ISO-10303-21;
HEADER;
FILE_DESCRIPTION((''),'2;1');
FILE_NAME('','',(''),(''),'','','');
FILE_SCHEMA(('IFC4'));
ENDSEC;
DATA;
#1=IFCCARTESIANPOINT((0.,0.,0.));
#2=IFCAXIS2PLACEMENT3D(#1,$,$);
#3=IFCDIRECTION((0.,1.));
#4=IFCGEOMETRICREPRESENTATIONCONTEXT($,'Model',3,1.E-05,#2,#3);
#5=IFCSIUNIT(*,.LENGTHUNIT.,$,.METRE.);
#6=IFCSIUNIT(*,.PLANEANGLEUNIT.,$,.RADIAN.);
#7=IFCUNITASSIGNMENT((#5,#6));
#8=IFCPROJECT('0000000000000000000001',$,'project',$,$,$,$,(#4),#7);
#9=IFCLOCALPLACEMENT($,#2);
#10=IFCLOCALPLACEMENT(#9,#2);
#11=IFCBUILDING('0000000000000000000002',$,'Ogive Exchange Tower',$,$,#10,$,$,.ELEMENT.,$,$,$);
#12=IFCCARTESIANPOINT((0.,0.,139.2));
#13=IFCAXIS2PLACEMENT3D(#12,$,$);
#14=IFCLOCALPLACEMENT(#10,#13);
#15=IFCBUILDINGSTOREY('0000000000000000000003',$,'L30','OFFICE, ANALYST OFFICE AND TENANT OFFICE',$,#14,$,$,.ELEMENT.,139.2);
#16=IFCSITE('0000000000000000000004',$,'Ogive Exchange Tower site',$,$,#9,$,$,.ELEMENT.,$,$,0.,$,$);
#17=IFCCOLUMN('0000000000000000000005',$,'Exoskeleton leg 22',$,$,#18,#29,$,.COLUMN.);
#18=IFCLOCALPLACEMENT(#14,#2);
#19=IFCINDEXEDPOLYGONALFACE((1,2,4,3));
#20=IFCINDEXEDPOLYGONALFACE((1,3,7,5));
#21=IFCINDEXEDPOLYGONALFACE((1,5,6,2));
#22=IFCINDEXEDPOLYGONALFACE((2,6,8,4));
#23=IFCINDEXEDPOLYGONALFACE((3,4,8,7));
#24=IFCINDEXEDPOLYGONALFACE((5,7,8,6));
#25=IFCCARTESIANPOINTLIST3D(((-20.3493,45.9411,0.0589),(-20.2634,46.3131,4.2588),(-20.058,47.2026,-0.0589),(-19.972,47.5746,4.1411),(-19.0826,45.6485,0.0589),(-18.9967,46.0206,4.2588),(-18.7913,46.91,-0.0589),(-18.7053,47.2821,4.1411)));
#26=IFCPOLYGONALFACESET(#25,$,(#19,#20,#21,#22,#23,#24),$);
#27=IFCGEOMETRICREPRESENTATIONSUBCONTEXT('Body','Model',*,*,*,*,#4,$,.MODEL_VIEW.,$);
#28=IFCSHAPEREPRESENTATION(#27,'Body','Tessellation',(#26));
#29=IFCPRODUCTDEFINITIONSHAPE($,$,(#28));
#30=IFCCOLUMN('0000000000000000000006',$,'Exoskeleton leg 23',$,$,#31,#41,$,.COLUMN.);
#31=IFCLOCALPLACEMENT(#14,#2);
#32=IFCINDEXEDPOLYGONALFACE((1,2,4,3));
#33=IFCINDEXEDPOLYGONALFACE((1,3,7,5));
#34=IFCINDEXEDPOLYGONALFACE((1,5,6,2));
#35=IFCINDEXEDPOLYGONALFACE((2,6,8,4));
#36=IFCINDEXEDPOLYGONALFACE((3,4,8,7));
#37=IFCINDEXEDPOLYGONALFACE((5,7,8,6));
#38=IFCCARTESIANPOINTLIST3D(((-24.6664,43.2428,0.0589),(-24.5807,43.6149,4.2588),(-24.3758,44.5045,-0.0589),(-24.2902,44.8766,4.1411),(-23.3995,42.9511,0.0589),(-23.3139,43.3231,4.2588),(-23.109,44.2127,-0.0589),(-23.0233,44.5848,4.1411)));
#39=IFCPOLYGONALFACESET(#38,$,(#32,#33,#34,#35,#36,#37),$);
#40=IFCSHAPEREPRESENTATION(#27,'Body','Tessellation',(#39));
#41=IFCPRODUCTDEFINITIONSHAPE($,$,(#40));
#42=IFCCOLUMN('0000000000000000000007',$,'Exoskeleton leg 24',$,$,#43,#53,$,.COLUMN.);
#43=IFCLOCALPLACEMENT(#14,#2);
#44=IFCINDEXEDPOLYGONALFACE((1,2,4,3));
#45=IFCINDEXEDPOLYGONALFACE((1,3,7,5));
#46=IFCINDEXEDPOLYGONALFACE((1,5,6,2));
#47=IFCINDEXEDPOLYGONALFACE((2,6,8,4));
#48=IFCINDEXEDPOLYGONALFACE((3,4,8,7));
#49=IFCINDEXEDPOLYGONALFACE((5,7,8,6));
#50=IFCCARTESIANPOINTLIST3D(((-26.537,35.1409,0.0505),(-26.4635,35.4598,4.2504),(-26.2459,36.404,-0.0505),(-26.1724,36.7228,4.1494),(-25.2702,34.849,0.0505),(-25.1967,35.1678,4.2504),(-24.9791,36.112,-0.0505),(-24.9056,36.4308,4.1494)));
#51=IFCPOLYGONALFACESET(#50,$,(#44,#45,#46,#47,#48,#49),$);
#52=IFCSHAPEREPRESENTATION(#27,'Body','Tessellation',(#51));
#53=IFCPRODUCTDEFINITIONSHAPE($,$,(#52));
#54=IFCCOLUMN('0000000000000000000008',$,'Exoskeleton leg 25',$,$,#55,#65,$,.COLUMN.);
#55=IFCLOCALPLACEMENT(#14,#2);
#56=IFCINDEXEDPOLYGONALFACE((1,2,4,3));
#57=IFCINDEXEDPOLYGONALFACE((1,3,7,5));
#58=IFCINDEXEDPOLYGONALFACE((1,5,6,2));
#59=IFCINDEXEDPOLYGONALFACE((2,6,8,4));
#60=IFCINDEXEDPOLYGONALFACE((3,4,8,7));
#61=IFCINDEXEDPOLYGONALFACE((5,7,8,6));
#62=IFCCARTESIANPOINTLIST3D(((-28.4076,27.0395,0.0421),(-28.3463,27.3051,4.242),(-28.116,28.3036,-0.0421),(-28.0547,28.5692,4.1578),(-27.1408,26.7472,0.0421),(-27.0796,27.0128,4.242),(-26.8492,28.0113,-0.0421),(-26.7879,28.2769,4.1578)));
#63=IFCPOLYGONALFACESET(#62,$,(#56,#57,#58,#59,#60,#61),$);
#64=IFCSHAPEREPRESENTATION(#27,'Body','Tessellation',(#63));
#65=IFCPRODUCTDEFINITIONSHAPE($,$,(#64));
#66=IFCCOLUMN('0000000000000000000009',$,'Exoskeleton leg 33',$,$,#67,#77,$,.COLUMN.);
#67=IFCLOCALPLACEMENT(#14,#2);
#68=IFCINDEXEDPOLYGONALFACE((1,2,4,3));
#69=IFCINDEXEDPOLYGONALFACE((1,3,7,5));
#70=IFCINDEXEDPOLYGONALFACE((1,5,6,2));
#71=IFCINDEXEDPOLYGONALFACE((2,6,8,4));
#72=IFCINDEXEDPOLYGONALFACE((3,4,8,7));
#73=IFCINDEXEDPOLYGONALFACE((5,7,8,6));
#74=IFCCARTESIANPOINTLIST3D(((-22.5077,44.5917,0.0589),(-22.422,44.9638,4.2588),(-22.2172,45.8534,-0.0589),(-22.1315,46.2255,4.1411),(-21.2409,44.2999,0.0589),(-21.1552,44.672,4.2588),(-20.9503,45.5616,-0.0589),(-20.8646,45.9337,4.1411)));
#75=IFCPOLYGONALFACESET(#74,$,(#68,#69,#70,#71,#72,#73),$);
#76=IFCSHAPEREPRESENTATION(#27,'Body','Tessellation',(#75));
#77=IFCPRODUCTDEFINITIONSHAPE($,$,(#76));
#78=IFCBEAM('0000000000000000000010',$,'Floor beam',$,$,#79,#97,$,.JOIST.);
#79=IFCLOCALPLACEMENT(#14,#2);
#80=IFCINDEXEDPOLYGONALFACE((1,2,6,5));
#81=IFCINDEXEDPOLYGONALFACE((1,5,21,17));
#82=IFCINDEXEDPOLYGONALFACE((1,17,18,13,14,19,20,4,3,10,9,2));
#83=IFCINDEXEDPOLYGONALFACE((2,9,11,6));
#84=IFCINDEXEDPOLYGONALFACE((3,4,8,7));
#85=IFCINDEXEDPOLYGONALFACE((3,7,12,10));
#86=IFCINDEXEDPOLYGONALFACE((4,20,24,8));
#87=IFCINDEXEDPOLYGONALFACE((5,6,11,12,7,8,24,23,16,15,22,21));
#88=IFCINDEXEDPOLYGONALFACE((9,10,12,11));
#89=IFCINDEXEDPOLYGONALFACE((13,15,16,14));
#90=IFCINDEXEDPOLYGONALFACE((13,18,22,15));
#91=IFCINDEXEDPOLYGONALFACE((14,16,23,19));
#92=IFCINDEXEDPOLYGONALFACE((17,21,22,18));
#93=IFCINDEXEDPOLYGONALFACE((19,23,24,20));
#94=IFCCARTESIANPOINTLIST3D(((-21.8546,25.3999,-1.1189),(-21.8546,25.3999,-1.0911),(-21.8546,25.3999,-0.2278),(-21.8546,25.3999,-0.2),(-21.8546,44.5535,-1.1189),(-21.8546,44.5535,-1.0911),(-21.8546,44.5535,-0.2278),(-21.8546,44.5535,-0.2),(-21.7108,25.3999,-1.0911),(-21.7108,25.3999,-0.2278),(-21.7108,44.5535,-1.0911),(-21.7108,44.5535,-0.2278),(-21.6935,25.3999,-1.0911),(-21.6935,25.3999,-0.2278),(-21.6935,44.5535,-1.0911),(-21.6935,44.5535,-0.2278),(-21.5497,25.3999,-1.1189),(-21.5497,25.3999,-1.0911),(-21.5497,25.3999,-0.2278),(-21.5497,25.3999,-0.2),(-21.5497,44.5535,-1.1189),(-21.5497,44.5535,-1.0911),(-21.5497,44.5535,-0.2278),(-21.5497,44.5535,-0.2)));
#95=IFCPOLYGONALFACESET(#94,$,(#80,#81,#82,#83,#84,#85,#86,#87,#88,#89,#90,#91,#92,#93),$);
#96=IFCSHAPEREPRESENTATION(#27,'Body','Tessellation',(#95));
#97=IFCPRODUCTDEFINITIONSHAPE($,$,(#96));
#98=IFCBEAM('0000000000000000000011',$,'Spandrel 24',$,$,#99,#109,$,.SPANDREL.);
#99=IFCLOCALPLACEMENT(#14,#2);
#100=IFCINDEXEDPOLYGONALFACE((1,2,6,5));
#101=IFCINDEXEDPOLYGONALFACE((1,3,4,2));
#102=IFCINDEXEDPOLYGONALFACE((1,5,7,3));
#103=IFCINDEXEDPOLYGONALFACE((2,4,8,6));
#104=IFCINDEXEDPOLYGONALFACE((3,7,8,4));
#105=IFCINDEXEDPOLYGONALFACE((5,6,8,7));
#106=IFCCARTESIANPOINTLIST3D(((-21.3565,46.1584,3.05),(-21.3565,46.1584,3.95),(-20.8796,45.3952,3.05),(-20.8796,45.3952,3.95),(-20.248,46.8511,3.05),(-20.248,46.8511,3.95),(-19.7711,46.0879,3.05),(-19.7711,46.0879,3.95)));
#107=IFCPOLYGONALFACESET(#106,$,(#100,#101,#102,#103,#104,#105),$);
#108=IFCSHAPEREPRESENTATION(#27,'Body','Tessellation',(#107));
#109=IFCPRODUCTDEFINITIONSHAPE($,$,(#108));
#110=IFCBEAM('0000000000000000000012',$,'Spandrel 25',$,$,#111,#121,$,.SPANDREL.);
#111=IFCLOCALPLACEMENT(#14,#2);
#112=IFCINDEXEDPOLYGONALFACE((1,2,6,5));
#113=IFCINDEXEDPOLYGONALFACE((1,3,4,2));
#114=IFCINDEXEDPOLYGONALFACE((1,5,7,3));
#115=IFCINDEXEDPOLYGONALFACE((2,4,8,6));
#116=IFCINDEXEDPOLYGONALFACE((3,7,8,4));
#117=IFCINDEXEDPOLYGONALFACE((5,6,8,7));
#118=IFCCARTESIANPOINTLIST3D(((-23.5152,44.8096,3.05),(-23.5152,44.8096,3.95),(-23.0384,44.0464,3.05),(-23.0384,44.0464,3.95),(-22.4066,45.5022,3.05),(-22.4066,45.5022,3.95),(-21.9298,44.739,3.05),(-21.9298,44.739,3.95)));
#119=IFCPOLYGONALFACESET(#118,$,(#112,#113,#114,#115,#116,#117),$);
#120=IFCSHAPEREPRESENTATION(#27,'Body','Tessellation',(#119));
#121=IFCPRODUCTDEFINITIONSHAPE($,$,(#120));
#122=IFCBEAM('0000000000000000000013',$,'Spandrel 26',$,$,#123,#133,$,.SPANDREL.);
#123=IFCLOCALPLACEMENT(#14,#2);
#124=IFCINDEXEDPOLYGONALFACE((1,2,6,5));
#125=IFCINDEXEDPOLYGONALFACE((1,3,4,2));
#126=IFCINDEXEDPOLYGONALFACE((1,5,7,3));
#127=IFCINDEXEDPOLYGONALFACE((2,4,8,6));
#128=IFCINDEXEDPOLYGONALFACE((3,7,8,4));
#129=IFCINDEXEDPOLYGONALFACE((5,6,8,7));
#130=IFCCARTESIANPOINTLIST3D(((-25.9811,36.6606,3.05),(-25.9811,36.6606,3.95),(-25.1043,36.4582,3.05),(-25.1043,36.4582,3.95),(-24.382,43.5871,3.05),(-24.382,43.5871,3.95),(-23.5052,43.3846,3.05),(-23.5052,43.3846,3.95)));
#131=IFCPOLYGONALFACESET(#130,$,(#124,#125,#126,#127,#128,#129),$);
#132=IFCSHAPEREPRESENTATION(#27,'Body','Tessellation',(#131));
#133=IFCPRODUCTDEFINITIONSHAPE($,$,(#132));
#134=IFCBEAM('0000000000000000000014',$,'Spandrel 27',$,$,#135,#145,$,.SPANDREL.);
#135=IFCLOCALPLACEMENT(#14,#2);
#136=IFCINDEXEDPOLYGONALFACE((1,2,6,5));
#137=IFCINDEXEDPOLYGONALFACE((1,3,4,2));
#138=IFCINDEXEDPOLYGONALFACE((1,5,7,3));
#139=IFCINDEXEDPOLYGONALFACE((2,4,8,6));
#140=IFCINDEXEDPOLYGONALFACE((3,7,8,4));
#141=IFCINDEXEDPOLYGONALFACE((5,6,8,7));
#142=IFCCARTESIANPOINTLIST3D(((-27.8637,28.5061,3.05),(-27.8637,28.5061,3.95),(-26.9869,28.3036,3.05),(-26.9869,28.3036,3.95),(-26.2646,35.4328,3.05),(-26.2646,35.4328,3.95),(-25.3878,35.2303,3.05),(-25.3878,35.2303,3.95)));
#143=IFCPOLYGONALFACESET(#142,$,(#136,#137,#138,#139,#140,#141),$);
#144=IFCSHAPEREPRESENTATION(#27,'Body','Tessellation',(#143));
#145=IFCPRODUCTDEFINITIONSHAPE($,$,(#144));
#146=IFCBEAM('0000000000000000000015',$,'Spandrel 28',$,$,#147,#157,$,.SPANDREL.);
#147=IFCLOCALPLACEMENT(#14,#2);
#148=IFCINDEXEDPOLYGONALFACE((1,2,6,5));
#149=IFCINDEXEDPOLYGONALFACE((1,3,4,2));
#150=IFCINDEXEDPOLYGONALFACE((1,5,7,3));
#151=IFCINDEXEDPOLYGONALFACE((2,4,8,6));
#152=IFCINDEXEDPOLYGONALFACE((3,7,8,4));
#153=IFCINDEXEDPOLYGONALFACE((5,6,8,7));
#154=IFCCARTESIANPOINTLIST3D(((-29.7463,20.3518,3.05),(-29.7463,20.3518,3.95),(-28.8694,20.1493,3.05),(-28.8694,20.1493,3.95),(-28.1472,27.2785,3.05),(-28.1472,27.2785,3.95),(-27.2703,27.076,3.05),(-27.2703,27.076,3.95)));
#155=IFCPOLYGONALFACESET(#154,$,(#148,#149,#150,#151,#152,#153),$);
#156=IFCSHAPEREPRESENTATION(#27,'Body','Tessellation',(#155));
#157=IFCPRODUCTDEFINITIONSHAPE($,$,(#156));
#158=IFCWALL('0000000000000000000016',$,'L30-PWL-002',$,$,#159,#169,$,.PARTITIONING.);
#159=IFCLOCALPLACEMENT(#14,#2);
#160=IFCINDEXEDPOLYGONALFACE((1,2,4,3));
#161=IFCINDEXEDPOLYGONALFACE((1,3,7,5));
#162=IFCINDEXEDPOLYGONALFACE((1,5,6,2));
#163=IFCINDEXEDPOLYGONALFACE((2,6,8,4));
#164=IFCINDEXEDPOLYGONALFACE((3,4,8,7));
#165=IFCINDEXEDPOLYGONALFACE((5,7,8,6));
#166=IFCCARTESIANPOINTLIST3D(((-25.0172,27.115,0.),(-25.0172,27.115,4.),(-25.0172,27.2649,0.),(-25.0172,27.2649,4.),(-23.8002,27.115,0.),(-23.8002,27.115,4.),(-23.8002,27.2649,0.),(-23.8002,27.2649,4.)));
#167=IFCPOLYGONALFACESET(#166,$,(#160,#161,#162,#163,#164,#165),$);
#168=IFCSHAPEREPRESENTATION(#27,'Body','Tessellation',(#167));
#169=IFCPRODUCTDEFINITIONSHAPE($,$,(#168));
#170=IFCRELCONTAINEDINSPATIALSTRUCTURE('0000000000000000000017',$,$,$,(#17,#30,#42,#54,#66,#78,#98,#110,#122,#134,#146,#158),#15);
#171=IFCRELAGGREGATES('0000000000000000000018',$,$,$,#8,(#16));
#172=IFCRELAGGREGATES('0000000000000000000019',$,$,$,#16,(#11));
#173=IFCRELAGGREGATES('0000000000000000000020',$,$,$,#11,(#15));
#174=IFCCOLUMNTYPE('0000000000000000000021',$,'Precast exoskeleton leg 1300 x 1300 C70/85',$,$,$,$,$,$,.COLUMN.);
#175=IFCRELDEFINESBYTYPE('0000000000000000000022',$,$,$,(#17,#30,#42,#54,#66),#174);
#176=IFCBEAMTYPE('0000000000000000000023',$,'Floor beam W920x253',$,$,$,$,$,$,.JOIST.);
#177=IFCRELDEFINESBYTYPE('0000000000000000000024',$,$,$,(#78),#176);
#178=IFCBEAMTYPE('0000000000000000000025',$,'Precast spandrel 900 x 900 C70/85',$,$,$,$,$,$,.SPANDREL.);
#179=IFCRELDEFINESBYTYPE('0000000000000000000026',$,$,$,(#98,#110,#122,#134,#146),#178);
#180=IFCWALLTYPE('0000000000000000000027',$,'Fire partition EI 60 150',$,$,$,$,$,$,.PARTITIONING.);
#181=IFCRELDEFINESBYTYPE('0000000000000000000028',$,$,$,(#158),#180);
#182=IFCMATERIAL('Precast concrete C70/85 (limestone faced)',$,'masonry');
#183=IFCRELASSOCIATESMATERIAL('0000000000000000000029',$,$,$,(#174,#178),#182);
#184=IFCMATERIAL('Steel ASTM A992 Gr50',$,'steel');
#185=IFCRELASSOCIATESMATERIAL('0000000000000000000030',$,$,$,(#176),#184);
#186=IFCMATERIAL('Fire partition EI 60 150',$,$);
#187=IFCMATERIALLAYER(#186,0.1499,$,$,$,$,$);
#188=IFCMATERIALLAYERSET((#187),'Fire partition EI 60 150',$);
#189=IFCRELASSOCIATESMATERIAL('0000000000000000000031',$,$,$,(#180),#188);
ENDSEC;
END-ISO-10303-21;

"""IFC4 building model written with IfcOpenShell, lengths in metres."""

from ifc_helpers import new_model, si_unit, direction, frame, frame_2d, origin, origin_2d, place, context, subcontext, project, spatial, rectangle, i_section, extrude, material, layer, layer_set, material_profile, profile_set, type_object, element, save


model = new_model("IFC4")

# Units and contexts
model_context = context("Model", 3, precision=1e-05, world=origin(), true_north=direction((0.0, 1.0)))
body_context = subcontext(model_context, "Body", "Model", "MODEL_VIEW")
ifc_project = project(units=[si_unit("LENGTHUNIT", "METRE"), si_unit("PLANEANGLEUNIT", "RADIAN")], contexts=[model_context])

# Site, building, storey
site_placement = place(None, origin())
site = spatial("IfcSite", under=ifc_project, at=site_placement, Name="Ogive Exchange Tower site", CompositionType="ELEMENT", RefElevation=0.0)
building_placement = place(site_placement, origin())
building = spatial("IfcBuilding", under=site, at=building_placement, Name="Ogive Exchange Tower", CompositionType="ELEMENT")
storey_placement = place(building_placement, frame((0.0, 0.0, 139.2)))
storey = spatial("IfcBuildingStorey", under=building, at=storey_placement, Name="L30", Description="OFFICE, ANALYST OFFICE AND TENANT OFFICE", CompositionType="ELEMENT", Elevation=139.2)

# Columns
ifc_material_1 = material(Name="Precast concrete C70/85 (limestone faced)", Category="masonry")
ifc_material_profile_1 = material_profile(ifc_material_1, rectangle(XDim=1.3, YDim=1.3, at=origin_2d()), Name="1300 x 1300")
ifc_profile_set_1 = profile_set([ifc_material_profile_1], Name="Precast concrete C70/85 (limestone faced)")
column_type = type_object("IfcColumnType", Name="Precast exoskeleton leg 1300 x 1300 C70/85", PredefinedType="COLUMN", material=ifc_profile_set_1)
for number, where, z_axis, x_axis, name in (
    (1, (-19.5703, 46.4255, 0.0), (0.020377, 0.088225, 0.995892), (-0.974348, 0.225046, 0.0), "Exoskeleton leg 22"),
    (2, (-23.8877, 43.7278, 0.0), (0.02032, 0.088225, 0.995893), (-0.974488, 0.224439, 0.0), "Exoskeleton leg 23"),
):
    element("IfcColumn", number, at=place(storey_placement, frame(where, z_axis=z_axis, x_axis=x_axis)), inside=storey, type_object=column_type, Name=name, PredefinedType="COLUMN", context=body_context, shape_type="SweptSolid", body=[
        extrude(rectangle(XDim=1.3, YDim=1.3, at=origin_2d()), origin(), (0.0, 0.0, 1.0), 4.2173),
    ])
column_1_placement = place(storey_placement, frame((-25.7581, 35.6265, 0.0), z_axis=(0.017444, 0.075688, 0.996979), x_axis=(-0.974454, 0.224587, 0.0)))
element("IfcColumn", 3, at=column_1_placement, inside=storey, type_object=column_type, Name="Exoskeleton leg 24", PredefinedType="COLUMN", context=body_context, shape_type="SweptSolid", body=[
    extrude(rectangle(XDim=1.3, YDim=1.3, at=origin_2d()), origin(), (0.0, 0.0, 1.0), 4.2126),
])
column_2_placement = place(storey_placement, frame((-27.6284, 27.5254, 0.0), z_axis=(0.01456, 0.063112, 0.9979), x_axis=(-0.974406, 0.224794, 0.0)))
element("IfcColumn", 4, at=column_2_placement, inside=storey, type_object=column_type, Name="Exoskeleton leg 25", PredefinedType="COLUMN", context=body_context, shape_type="SweptSolid", body=[
    extrude(rectangle(XDim=1.3, YDim=1.3, at=origin_2d()), origin(), (0.0, 0.0, 1.0), 4.2087),
])
column_3_placement = place(storey_placement, frame((-21.729, 45.0767, 0.0), z_axis=(0.02032, 0.088225, 0.995893), x_axis=(-0.974488, 0.224439, 0.0)))
element("IfcColumn", 5, at=column_3_placement, inside=storey, type_object=column_type, Name="Exoskeleton leg 33", PredefinedType="COLUMN", context=body_context, shape_type="SweptSolid", body=[
    extrude(rectangle(XDim=1.3, YDim=1.3, at=origin_2d()), origin(), (0.0, 0.0, 1.0), 4.2173),
])

# Beams
ifc_material_2 = material(Name="Steel ASTM A992 Gr50", Category="steel")
ifc_material_profile_2 = material_profile(ifc_material_2, i_section(OverallWidth=0.3049, OverallDepth=0.9189, WebThickness=0.0173, FlangeThickness=0.0278, at=origin_2d()), Name="W920x253")
ifc_profile_set_2 = profile_set([ifc_material_profile_2], Name="Steel ASTM A992 Gr50")
beam_type_1 = type_object("IfcBeamType", Name="Floor beam W920x253", PredefinedType="JOIST", material=ifc_profile_set_2)
beam_1_placement = place(storey_placement, frame((-21.7021, 25.3999, -0.6594), z_axis=(0.0, 1.0, 0.0), x_axis=(-1.0, 0.0, 0.0)))
element("IfcBeam", 6, at=beam_1_placement, inside=storey, type_object=beam_type_1, Name="Floor beam", PredefinedType="JOIST", context=body_context, shape_type="SweptSolid", body=[
    extrude(i_section(OverallWidth=0.3049, OverallDepth=0.9189, WebThickness=0.0173, FlangeThickness=0.0278, at=origin_2d()), origin(), (0.0, 0.0, 1.0), 19.1536),
])
ifc_material_profile_3 = material_profile(ifc_material_1, rectangle(XDim=0.8999, YDim=0.8999, at=origin_2d()), Name="900 x 900")
ifc_profile_set_3 = profile_set([ifc_material_profile_3], Name="Precast concrete C70/85 (limestone faced)")
beam_type_2 = type_object("IfcBeamType", Name="Precast spandrel 900 x 900 C70/85", PredefinedType="SPANDREL", material=ifc_profile_set_3)
for number, where, z_axis, x_axis, name in (
    (7, (-20.0095, 46.4695, 3.5), (-0.84804, -0.529932, 0.0), (0.529932, -0.84804, 0.0), "Spandrel 24"),
    (8, (-22.1682, 45.1206, 3.5), (-0.848093, -0.529848, 0.0), (0.529848, -0.848093, 0.0), "Spandrel 25"),
):
    element("IfcBeam", number, at=place(storey_placement, frame(where, z_axis=z_axis, x_axis=x_axis)), inside=storey, type_object=beam_type_2, Name=name, PredefinedType="SPANDREL", context=body_context, shape_type="SweptSolid", body=[
        extrude(rectangle(XDim=0.8999, YDim=0.8999, at=origin_2d()), origin(), (0.0, 0.0, 1.0), 1.3071),
    ])
beam_2_placement = place(storey_placement, frame((-23.9436, 43.4858, 3.5), z_axis=(-0.224952, -0.97437, 0.0), x_axis=(0.97437, -0.224952, 0.0)))
element("IfcBeam", 9, at=beam_2_placement, inside=storey, type_object=beam_type_2, Name="Spandrel 26", PredefinedType="SPANDREL", context=body_context, shape_type="SweptSolid", body=[
    extrude(rectangle(XDim=0.8999, YDim=0.8999, at=origin_2d()), origin(), (0.0, 0.0, 1.0), 7.1086),
])
for number, where, z_axis, x_axis, name in (
    (10, (-25.8262, 35.3315, 3.5), (-0.224945, -0.974372, 0.0), (0.974372, -0.224945, 0.0), "Spandrel 27"),
    (11, (-27.7087, 27.1772, 3.5), (-0.224945, -0.974372, 0.0), (0.974372, -0.224945, 0.0), "Spandrel 28"),
):
    element("IfcBeam", number, at=place(storey_placement, frame(where, z_axis=z_axis, x_axis=x_axis)), inside=storey, type_object=beam_type_2, Name=name, PredefinedType="SPANDREL", context=body_context, shape_type="SweptSolid", body=[
        extrude(rectangle(XDim=0.8999, YDim=0.8999, at=origin_2d()), origin(), (0.0, 0.0, 1.0), 7.1089),
    ])

# Wall
ifc_material_3 = material(Name="Fire partition EI 60 150")
ifc_layer_1 = layer(ifc_material_3, 0.1499)
ifc_layer_set_1 = layer_set([ifc_layer_1], Name="Fire partition EI 60 150")
wall_type_1 = type_object("IfcWallType", Name="Fire partition EI 60 150", PredefinedType="PARTITIONING", material=ifc_layer_set_1)
wall_1_placement = place(storey_placement, frame((-25.0171, 27.1899, 0.0), z_axis=(0.0, 0.0, 1.0), x_axis=(1.0, 0.0, 0.0)))
element("IfcWall", 12, at=wall_1_placement, inside=storey, type_object=wall_type_1, Name="L30-PWL-002", PredefinedType="PARTITIONING", context=body_context, shape_type="SweptSolid", body=[
    extrude(rectangle(XDim=1.217, YDim=0.1499, at=frame_2d((0.6084, 0.0))), origin(), (0.0, 0.0, 1.0), 4.0),
])

save(model, "model.ifc")
